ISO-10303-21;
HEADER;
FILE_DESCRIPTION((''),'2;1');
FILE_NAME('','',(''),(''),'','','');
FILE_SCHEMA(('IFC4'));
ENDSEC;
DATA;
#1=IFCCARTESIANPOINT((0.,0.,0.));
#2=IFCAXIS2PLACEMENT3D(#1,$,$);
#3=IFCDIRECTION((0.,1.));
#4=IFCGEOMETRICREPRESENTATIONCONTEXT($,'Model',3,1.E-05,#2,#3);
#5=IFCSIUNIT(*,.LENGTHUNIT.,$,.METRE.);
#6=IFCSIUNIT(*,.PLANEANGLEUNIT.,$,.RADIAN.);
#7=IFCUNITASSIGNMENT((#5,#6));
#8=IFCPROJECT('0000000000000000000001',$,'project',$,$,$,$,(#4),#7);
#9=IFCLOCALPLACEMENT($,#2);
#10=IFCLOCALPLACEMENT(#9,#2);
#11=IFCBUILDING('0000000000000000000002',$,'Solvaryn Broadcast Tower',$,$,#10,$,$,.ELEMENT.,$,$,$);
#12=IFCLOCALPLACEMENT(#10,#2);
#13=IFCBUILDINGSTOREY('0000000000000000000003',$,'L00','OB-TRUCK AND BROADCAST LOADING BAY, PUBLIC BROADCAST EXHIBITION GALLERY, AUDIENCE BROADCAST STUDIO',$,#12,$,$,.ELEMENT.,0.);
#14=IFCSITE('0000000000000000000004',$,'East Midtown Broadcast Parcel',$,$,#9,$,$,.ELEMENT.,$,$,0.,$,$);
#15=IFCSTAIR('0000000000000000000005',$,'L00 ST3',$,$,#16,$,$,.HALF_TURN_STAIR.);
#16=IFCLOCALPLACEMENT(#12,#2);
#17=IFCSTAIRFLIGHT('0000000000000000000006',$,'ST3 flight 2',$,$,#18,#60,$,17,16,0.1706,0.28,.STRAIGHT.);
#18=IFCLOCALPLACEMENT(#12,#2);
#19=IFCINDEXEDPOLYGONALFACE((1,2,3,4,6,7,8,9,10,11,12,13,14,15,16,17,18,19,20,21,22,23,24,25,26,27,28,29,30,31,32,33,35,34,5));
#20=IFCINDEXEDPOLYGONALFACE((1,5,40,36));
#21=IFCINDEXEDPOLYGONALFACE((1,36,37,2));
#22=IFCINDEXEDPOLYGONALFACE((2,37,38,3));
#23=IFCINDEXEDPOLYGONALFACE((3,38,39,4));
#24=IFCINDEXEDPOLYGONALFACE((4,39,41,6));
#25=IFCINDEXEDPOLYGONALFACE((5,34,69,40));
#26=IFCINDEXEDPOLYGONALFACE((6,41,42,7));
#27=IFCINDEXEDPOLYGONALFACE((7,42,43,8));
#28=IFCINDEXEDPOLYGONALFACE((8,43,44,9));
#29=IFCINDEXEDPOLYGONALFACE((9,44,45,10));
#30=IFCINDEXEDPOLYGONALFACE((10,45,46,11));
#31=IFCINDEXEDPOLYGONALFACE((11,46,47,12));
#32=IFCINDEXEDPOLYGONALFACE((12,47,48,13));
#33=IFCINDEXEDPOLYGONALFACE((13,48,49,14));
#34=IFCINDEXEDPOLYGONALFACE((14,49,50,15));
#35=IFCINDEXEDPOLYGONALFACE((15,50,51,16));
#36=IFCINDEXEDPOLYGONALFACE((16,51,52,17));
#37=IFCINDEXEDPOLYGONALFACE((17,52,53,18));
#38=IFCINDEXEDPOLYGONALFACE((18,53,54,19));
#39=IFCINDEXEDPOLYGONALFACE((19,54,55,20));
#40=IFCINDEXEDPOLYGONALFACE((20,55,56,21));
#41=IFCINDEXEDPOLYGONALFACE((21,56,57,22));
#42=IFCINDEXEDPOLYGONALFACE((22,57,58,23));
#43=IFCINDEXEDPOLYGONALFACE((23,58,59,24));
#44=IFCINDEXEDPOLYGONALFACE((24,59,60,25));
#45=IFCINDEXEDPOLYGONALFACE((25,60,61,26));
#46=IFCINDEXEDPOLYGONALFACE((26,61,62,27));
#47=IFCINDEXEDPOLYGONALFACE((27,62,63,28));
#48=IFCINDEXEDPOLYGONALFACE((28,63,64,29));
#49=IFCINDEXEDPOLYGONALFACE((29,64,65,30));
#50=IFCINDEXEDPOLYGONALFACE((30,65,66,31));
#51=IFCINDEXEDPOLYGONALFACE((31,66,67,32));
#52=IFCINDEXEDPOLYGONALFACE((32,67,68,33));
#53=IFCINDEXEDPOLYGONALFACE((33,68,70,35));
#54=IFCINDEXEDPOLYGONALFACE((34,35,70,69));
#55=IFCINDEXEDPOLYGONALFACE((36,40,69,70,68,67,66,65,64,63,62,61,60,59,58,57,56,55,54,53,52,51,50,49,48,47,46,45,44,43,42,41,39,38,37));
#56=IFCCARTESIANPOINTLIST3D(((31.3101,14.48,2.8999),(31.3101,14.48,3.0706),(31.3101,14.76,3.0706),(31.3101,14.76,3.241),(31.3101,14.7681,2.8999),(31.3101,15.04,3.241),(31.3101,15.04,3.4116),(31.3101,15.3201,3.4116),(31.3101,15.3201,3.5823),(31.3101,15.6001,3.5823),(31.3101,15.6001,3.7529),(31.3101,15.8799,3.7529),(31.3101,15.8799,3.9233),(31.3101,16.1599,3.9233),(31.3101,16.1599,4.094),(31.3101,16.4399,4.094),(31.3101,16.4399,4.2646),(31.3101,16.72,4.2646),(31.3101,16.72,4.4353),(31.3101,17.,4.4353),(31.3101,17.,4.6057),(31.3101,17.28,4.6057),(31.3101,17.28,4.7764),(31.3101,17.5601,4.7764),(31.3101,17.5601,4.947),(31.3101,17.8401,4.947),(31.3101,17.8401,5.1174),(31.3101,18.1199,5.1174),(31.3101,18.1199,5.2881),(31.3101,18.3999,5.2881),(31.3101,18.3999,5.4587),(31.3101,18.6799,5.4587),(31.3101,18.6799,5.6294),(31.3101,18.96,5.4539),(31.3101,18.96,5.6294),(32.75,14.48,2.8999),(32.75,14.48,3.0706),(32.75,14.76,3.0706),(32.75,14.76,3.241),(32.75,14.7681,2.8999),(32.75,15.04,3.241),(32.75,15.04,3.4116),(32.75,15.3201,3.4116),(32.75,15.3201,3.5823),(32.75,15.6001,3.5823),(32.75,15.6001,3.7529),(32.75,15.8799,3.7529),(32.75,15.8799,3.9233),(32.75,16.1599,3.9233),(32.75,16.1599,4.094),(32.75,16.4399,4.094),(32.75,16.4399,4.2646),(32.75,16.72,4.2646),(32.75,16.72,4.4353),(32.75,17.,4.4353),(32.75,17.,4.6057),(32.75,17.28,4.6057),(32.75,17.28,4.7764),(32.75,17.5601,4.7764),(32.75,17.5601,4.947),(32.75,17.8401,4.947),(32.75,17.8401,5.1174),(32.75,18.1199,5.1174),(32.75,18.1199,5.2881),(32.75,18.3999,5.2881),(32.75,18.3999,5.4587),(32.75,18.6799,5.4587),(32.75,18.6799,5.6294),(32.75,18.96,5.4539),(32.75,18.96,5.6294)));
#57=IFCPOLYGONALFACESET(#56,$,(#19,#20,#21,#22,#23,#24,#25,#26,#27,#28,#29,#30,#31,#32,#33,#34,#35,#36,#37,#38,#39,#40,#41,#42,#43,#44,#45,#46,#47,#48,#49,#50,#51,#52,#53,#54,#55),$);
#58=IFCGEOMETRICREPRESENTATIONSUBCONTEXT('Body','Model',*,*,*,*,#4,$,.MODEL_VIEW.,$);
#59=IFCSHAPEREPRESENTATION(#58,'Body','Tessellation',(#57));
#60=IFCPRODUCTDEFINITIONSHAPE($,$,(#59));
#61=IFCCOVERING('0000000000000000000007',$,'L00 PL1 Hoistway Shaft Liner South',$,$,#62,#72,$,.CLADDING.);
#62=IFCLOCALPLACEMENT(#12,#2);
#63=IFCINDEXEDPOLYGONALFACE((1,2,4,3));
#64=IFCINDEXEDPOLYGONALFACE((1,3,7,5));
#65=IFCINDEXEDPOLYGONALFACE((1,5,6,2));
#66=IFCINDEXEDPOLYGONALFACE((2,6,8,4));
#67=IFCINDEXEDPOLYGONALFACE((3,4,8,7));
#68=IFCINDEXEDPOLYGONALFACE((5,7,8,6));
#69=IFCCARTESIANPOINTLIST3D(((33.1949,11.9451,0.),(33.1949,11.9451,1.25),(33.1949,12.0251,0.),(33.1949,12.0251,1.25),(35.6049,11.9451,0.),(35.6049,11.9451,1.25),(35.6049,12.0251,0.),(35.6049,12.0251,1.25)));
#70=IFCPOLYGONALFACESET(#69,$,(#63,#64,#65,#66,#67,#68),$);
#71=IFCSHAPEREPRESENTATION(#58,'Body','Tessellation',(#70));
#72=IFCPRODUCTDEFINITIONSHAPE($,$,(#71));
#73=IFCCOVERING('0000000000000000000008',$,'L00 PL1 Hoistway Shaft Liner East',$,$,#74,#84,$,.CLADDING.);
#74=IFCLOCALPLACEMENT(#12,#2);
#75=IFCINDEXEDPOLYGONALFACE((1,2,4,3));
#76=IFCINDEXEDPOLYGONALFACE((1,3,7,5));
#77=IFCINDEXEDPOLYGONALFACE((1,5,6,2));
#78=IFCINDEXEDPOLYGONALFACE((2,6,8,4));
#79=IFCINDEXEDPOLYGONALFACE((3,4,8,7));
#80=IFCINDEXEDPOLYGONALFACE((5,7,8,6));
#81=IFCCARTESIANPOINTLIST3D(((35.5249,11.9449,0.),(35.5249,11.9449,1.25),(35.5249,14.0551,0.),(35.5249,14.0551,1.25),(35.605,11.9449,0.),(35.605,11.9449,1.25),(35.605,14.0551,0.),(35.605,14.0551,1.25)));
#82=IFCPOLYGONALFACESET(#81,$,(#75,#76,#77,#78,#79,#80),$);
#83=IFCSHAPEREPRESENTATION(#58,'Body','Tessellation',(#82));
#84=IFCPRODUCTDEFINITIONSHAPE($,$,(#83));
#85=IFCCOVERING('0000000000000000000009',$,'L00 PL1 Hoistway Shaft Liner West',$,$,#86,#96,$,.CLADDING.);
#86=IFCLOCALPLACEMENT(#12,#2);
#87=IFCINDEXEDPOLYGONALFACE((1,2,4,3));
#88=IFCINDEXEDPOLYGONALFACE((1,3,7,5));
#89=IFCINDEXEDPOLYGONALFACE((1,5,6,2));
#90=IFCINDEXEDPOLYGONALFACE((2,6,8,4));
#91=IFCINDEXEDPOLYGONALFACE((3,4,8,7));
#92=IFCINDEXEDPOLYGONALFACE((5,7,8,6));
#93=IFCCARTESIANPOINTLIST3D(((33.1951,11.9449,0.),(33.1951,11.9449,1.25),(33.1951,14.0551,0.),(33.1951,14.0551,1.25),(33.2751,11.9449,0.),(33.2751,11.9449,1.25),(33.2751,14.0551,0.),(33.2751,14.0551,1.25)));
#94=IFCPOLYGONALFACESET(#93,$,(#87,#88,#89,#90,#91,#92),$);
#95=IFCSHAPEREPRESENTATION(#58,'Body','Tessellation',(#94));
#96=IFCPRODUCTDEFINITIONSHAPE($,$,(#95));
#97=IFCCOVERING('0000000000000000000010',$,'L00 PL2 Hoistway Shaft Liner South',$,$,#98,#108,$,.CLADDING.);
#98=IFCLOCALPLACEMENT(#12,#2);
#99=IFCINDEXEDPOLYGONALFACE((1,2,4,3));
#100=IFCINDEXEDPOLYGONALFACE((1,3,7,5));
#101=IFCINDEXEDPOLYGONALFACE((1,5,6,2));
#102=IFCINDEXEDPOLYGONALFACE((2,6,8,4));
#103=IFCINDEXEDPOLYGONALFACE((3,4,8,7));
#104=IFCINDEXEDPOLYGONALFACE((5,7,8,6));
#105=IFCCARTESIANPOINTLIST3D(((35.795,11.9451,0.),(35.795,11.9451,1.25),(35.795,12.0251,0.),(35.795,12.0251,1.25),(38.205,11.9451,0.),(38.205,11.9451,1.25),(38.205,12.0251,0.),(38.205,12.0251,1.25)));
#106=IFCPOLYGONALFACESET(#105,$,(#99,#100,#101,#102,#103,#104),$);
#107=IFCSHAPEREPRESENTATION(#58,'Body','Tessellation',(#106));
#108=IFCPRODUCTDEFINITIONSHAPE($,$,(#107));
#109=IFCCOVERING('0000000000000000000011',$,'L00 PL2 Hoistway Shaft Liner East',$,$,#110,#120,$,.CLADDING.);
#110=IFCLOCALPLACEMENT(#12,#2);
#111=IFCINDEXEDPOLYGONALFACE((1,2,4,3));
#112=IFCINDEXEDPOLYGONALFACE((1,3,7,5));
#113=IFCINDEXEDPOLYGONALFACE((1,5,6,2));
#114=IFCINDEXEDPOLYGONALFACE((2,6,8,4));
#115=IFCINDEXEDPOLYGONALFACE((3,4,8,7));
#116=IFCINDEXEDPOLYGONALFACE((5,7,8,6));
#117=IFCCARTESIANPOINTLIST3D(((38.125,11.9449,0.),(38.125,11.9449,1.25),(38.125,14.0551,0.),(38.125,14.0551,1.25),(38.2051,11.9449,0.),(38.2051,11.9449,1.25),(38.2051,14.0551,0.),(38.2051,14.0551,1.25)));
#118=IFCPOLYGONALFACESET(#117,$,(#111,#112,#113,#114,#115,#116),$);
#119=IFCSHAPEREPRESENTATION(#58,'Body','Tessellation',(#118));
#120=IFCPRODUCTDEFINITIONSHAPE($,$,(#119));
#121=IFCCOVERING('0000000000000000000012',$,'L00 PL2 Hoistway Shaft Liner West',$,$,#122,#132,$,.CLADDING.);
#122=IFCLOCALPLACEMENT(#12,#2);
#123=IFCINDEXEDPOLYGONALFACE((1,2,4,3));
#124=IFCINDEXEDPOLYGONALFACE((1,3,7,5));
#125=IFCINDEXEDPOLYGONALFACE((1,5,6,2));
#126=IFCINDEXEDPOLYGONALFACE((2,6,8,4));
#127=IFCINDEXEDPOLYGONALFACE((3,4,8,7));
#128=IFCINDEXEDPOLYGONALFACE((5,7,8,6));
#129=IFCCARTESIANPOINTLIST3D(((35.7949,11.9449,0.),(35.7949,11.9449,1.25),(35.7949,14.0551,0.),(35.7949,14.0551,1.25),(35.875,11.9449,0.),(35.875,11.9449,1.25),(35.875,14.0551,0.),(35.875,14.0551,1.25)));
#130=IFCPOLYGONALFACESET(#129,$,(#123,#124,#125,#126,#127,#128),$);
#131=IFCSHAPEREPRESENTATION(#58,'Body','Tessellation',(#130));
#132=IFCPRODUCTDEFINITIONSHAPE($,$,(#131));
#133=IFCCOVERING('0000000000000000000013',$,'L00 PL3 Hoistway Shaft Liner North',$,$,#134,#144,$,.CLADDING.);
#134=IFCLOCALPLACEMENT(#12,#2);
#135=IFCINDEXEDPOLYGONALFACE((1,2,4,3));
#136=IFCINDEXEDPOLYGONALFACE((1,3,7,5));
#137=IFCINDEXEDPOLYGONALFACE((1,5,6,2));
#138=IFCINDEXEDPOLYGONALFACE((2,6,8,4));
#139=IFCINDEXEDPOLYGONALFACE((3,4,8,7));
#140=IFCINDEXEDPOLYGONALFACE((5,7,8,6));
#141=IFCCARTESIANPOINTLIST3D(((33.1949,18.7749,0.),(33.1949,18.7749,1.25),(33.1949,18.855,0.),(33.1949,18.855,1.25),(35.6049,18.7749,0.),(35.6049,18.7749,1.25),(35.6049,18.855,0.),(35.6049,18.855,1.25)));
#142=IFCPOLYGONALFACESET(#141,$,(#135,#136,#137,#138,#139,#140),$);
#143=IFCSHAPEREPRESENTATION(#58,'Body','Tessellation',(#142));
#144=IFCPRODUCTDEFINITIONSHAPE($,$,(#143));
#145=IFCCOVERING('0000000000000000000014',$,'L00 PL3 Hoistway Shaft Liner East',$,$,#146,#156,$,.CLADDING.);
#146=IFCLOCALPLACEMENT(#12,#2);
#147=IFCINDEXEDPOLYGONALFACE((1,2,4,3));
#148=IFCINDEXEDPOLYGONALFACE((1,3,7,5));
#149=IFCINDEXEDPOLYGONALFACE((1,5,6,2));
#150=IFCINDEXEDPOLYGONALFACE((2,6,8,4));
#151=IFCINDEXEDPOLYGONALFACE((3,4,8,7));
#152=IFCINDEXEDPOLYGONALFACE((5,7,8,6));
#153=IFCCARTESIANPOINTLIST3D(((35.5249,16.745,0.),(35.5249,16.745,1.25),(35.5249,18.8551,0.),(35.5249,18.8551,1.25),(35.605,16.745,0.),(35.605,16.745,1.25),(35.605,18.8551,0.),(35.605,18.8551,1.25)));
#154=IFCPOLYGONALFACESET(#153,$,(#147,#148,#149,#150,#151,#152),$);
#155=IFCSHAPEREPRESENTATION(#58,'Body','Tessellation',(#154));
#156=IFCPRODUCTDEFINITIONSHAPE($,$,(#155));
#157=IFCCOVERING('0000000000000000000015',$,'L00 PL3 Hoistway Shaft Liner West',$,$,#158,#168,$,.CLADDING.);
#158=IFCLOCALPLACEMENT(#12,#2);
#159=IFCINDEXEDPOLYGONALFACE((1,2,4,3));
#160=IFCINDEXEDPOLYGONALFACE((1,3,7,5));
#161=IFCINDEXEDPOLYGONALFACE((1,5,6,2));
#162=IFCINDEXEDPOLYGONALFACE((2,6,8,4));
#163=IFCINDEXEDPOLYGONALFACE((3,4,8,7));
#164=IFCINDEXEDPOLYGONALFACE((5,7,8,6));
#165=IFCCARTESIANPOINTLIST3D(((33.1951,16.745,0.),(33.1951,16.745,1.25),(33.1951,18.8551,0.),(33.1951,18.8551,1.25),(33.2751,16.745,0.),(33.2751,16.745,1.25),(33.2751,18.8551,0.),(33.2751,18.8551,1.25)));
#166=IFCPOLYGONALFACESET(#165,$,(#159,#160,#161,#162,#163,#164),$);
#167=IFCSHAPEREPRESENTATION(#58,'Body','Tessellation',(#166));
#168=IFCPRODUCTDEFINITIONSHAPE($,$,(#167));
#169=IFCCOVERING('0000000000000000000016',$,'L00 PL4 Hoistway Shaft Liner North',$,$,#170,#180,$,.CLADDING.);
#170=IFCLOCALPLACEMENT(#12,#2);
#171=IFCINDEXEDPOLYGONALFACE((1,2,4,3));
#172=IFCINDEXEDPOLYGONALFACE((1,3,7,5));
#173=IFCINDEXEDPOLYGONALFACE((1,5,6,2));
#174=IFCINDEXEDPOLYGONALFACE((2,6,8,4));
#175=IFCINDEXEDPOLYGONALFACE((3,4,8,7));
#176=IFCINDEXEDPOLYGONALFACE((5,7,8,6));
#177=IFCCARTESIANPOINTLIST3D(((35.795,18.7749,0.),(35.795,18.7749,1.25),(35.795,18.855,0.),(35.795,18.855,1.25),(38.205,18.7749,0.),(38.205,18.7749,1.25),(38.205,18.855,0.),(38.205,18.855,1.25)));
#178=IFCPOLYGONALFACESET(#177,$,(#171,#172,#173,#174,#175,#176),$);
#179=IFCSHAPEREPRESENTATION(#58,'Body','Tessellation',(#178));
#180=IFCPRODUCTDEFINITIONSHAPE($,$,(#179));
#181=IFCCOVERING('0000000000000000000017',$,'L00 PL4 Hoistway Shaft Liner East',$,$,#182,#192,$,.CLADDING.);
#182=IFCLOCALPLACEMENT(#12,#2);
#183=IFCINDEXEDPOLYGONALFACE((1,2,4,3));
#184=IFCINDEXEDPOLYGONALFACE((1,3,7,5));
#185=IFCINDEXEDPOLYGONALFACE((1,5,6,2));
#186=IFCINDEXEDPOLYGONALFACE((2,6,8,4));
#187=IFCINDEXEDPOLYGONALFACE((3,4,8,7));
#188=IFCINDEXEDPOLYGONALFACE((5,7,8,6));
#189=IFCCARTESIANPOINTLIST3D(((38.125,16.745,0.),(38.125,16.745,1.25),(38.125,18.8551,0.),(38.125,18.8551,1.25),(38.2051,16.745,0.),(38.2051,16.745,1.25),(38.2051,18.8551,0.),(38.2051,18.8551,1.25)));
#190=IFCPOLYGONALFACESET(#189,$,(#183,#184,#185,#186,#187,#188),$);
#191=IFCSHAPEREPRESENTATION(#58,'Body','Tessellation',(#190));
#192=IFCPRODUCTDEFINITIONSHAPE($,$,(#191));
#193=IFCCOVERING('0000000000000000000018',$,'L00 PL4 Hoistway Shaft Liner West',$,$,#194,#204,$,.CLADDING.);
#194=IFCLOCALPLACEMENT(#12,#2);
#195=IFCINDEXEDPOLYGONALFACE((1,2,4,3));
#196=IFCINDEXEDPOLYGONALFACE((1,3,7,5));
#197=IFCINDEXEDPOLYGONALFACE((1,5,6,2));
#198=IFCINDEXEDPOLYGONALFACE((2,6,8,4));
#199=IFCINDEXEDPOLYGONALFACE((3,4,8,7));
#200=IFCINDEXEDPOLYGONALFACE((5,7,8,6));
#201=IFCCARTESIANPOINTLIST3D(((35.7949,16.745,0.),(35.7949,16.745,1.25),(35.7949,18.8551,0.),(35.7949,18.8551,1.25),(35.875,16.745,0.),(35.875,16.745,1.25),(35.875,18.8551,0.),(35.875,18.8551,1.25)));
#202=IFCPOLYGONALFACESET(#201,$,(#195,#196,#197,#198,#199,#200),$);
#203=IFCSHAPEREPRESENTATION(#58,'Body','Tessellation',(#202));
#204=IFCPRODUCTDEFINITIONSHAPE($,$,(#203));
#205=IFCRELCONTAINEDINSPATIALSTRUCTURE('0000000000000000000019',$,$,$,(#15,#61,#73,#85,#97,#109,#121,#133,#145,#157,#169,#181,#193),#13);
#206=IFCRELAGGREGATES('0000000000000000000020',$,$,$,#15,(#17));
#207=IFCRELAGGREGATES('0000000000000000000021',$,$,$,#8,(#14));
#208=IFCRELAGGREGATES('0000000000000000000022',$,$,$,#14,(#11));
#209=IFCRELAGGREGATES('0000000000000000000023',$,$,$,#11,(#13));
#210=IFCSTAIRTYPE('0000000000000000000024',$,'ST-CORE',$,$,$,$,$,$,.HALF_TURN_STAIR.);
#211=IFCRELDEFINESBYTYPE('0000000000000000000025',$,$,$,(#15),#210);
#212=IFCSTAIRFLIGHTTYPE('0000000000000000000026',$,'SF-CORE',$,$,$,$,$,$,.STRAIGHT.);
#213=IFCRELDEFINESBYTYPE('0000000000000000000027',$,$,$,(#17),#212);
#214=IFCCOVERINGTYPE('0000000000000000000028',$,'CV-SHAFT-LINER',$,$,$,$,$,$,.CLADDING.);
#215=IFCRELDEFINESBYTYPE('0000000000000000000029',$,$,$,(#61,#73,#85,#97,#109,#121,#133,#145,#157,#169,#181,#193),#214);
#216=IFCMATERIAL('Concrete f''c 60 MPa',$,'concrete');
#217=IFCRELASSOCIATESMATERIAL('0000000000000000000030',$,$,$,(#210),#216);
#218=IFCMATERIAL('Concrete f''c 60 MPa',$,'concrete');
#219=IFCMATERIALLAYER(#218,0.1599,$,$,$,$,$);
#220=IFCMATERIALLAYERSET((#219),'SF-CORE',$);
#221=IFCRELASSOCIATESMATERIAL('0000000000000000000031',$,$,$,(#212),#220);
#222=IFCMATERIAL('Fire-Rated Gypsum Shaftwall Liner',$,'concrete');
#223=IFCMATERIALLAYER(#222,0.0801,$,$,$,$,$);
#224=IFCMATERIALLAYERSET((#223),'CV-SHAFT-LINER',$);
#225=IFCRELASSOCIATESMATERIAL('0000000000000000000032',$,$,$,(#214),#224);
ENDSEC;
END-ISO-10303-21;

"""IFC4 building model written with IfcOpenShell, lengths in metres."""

from ifc_helpers import new_model, si_unit, direction, frame, origin, origin_2d, place, context, subcontext, project, spatial, polyline, rectangle, outline, extrude, material, layer, layer_set, type_object, element, aggregate, save


model = new_model("IFC4")

# Units and contexts
model_context = context("Model", 3, precision=1e-05, world=origin(), true_north=direction((0.0, 1.0)))
body_context = subcontext(model_context, "Body", "Model", "MODEL_VIEW")
ifc_project = project(units=[si_unit("LENGTHUNIT", "METRE"), si_unit("PLANEANGLEUNIT", "RADIAN")], contexts=[model_context])

# Site, building, storey
site_placement = place(None, origin())
site = spatial("IfcSite", under=ifc_project, at=site_placement, Name="East Midtown Broadcast Parcel", CompositionType="ELEMENT", RefElevation=0.0)
building_placement = place(site_placement, origin())
building = spatial("IfcBuilding", under=site, at=building_placement, Name="Solvaryn Broadcast Tower", CompositionType="ELEMENT")
storey_placement = place(building_placement, origin())
storey = spatial("IfcBuildingStorey", under=building, at=storey_placement, Name="L00", Description="OB-TRUCK AND BROADCAST LOADING BAY, PUBLIC BROADCAST EXHIBITION GALLERY, AUDIENCE BROADCAST STUDIO", CompositionType="ELEMENT", Elevation=0.0)

# Stair, stair flight
ifc_material_1 = material(Name="Concrete f'c 60 MPa", Category="concrete")
stair_type = type_object("IfcStairType", Name="ST-CORE", PredefinedType="HALF_TURN_STAIR", material=ifc_material_1)
stair_placement = place(storey_placement, origin())
stair = element("IfcStair", 1, at=stair_placement, inside=storey, type_object=stair_type, Name="L00 ST3", PredefinedType="HALF_TURN_STAIR")
ifc_material_2 = material(Name="Concrete f'c 60 MPa", Category="concrete")
ifc_layer_1 = layer(ifc_material_2, 0.1599)
ifc_layer_set_1 = layer_set([ifc_layer_1], Name="SF-CORE")
stair_flight_type = type_object("IfcStairFlightType", Name="SF-CORE", PredefinedType="STRAIGHT", material=ifc_layer_set_1)
stair_flight_1_placement = place(storey_placement, frame((32.03, 14.48, 2.8999), z_axis=(0.0, 0.0, 1.0), x_axis=(0.0, 1.0, 0.0)))
stair_flight_1 = element("IfcStairFlight", 2, at=stair_flight_1_placement, type_object=stair_flight_type, Name="ST3 flight 2", NumberOfRisers=17, NumberOfTreads=16, PredefinedType="STRAIGHT", RiserHeight=0.1706, TreadLength=0.28, context=body_context, shape_type="SweptSolid", body=[
    extrude(outline(polyline([(0.0, 0.0), (0.0, 0.1707), (0.28, 0.1707), (0.28, 0.3411), (0.5601, 0.3411), (0.5601, 0.5117), (0.8401, 0.5117), (0.8401, 0.6824), (1.1201, 0.6824), (1.1201, 0.853), (1.3999, 0.853), (1.3999, 1.0234), (1.6799, 1.0234), (1.6799, 1.1941), (1.96, 1.1941), (1.96, 1.3647), (2.24, 1.3647), (2.24, 1.5354), (2.52, 1.5354), (2.52, 1.7058), (2.8, 1.7058), (2.8, 1.8765), (3.0801, 1.8765), (3.0801, 2.0471), (3.3601, 2.0471), (3.3601, 2.2175), (3.6399, 2.2175), (3.6399, 2.3882), (3.9199, 2.3882), (3.9199, 2.5588), (4.2, 2.5588), (4.2, 2.7295), (4.48, 2.7295), (4.48, 2.8999), (4.48, 2.554), (0.2881, 0.0), (0.0, 0.0)])), frame((0.0, 0.72, 0.0), z_axis=(0.0, -1.0, 0.0), x_axis=(1.0, 0.0, 0.0)), (0.0, 0.0, 1.0), 1.4399),
])
aggregate(stair, [stair_flight_1])

# Coverings
ifc_material_3 = material(Name="Fire-Rated Gypsum Shaftwall Liner", Category="concrete")
ifc_layer_2 = layer(ifc_material_3, 0.0801)
ifc_layer_set_2 = layer_set([ifc_layer_2], Name="CV-SHAFT-LINER")
covering_type = type_object("IfcCoveringType", Name="CV-SHAFT-LINER", PredefinedType="CLADDING", material=ifc_layer_set_2)
covering_1_placement = place(storey_placement, frame((34.3999, 11.9851, 0.0), z_axis=(0.0, 0.0, 1.0), x_axis=(1.0, 0.0, 0.0)))
element("IfcCovering", 3, at=covering_1_placement, inside=storey, type_object=covering_type, Name="L00 PL1 Hoistway Shaft Liner South", PredefinedType="CLADDING", context=body_context, shape_type="SweptSolid", body=[
    extrude(rectangle(XDim=2.4099, YDim=0.0801, at=origin_2d()), origin(), (0.0, 0.0, 1.0), 1.25),
])
for number, where, z_axis, x_axis, name in (
    (4, (35.5649, 13.0, 0.0), (0.0, 0.0, 1.0), (1.0, 0.0, 0.0), "L00 PL1 Hoistway Shaft Liner East"),
    (5, (33.2351, 13.0, 0.0), (0.0, 0.0, 1.0), (1.0, 0.0, 0.0), "L00 PL1 Hoistway Shaft Liner West"),
):
    element("IfcCovering", number, at=place(storey_placement, frame(where, z_axis=z_axis, x_axis=x_axis)), inside=storey, type_object=covering_type, Name=name, PredefinedType="CLADDING", context=body_context, shape_type="SweptSolid", body=[
        extrude(rectangle(XDim=0.0801, YDim=2.1101, at=origin_2d()), origin(), (0.0, 0.0, 1.0), 1.25),
    ])
covering_2_placement = place(storey_placement, frame((37.0, 11.9851, 0.0), z_axis=(0.0, 0.0, 1.0), x_axis=(1.0, 0.0, 0.0)))
element("IfcCovering", 6, at=covering_2_placement, inside=storey, type_object=covering_type, Name="L00 PL2 Hoistway Shaft Liner South", PredefinedType="CLADDING", context=body_context, shape_type="SweptSolid", body=[
    extrude(rectangle(XDim=2.4099, YDim=0.0801, at=origin_2d()), origin(), (0.0, 0.0, 1.0), 1.25),
])
for number, where, z_axis, x_axis, name in (
    (7, (38.165, 13.0, 0.0), (0.0, 0.0, 1.0), (1.0, 0.0, 0.0), "L00 PL2 Hoistway Shaft Liner East"),
    (8, (35.835, 13.0, 0.0), (0.0, 0.0, 1.0), (1.0, 0.0, 0.0), "L00 PL2 Hoistway Shaft Liner West"),
):
    element("IfcCovering", number, at=place(storey_placement, frame(where, z_axis=z_axis, x_axis=x_axis)), inside=storey, type_object=covering_type, Name=name, PredefinedType="CLADDING", context=body_context, shape_type="SweptSolid", body=[
        extrude(rectangle(XDim=0.0801, YDim=2.1101, at=origin_2d()), origin(), (0.0, 0.0, 1.0), 1.25),
    ])
covering_3_placement = place(storey_placement, frame((34.3999, 18.8149, 0.0), z_axis=(0.0, 0.0, 1.0), x_axis=(1.0, 0.0, 0.0)))
element("IfcCovering", 9, at=covering_3_placement, inside=storey, type_object=covering_type, Name="L00 PL3 Hoistway Shaft Liner North", PredefinedType="CLADDING", context=body_context, shape_type="SweptSolid", body=[
    extrude(rectangle(XDim=2.4099, YDim=0.0801, at=origin_2d()), origin(), (0.0, 0.0, 1.0), 1.25),
])
for number, where, z_axis, x_axis, name in (
    (10, (35.5649, 17.8, 0.0), (0.0, 0.0, 1.0), (1.0, 0.0, 0.0), "L00 PL3 Hoistway Shaft Liner East"),
    (11, (33.2351, 17.8, 0.0), (0.0, 0.0, 1.0), (1.0, 0.0, 0.0), "L00 PL3 Hoistway Shaft Liner West"),
):
    element("IfcCovering", number, at=place(storey_placement, frame(where, z_axis=z_axis, x_axis=x_axis)), inside=storey, type_object=covering_type, Name=name, PredefinedType="CLADDING", context=body_context, shape_type="SweptSolid", body=[
        extrude(rectangle(XDim=0.0801, YDim=2.1101, at=origin_2d()), origin(), (0.0, 0.0, 1.0), 1.25),
    ])
covering_4_placement = place(storey_placement, frame((37.0, 18.8149, 0.0), z_axis=(0.0, 0.0, 1.0), x_axis=(1.0, 0.0, 0.0)))
element("IfcCovering", 12, at=covering_4_placement, inside=storey, type_object=covering_type, Name="L00 PL4 Hoistway Shaft Liner North", PredefinedType="CLADDING", context=body_context, shape_type="SweptSolid", body=[
    extrude(rectangle(XDim=2.4099, YDim=0.0801, at=origin_2d()), origin(), (0.0, 0.0, 1.0), 1.25),
])
for number, where, z_axis, x_axis, name in (
    (13, (38.165, 17.8, 0.0), (0.0, 0.0, 1.0), (1.0, 0.0, 0.0), "L00 PL4 Hoistway Shaft Liner East"),
    (14, (35.835, 17.8, 0.0), (0.0, 0.0, 1.0), (1.0, 0.0, 0.0), "L00 PL4 Hoistway Shaft Liner West"),
):
    element("IfcCovering", number, at=place(storey_placement, frame(where, z_axis=z_axis, x_axis=x_axis)), inside=storey, type_object=covering_type, Name=name, PredefinedType="CLADDING", context=body_context, shape_type="SweptSolid", body=[
        extrude(rectangle(XDim=0.0801, YDim=2.1101, at=origin_2d()), origin(), (0.0, 0.0, 1.0), 1.25),
    ])

save(model, "model.ifc")
